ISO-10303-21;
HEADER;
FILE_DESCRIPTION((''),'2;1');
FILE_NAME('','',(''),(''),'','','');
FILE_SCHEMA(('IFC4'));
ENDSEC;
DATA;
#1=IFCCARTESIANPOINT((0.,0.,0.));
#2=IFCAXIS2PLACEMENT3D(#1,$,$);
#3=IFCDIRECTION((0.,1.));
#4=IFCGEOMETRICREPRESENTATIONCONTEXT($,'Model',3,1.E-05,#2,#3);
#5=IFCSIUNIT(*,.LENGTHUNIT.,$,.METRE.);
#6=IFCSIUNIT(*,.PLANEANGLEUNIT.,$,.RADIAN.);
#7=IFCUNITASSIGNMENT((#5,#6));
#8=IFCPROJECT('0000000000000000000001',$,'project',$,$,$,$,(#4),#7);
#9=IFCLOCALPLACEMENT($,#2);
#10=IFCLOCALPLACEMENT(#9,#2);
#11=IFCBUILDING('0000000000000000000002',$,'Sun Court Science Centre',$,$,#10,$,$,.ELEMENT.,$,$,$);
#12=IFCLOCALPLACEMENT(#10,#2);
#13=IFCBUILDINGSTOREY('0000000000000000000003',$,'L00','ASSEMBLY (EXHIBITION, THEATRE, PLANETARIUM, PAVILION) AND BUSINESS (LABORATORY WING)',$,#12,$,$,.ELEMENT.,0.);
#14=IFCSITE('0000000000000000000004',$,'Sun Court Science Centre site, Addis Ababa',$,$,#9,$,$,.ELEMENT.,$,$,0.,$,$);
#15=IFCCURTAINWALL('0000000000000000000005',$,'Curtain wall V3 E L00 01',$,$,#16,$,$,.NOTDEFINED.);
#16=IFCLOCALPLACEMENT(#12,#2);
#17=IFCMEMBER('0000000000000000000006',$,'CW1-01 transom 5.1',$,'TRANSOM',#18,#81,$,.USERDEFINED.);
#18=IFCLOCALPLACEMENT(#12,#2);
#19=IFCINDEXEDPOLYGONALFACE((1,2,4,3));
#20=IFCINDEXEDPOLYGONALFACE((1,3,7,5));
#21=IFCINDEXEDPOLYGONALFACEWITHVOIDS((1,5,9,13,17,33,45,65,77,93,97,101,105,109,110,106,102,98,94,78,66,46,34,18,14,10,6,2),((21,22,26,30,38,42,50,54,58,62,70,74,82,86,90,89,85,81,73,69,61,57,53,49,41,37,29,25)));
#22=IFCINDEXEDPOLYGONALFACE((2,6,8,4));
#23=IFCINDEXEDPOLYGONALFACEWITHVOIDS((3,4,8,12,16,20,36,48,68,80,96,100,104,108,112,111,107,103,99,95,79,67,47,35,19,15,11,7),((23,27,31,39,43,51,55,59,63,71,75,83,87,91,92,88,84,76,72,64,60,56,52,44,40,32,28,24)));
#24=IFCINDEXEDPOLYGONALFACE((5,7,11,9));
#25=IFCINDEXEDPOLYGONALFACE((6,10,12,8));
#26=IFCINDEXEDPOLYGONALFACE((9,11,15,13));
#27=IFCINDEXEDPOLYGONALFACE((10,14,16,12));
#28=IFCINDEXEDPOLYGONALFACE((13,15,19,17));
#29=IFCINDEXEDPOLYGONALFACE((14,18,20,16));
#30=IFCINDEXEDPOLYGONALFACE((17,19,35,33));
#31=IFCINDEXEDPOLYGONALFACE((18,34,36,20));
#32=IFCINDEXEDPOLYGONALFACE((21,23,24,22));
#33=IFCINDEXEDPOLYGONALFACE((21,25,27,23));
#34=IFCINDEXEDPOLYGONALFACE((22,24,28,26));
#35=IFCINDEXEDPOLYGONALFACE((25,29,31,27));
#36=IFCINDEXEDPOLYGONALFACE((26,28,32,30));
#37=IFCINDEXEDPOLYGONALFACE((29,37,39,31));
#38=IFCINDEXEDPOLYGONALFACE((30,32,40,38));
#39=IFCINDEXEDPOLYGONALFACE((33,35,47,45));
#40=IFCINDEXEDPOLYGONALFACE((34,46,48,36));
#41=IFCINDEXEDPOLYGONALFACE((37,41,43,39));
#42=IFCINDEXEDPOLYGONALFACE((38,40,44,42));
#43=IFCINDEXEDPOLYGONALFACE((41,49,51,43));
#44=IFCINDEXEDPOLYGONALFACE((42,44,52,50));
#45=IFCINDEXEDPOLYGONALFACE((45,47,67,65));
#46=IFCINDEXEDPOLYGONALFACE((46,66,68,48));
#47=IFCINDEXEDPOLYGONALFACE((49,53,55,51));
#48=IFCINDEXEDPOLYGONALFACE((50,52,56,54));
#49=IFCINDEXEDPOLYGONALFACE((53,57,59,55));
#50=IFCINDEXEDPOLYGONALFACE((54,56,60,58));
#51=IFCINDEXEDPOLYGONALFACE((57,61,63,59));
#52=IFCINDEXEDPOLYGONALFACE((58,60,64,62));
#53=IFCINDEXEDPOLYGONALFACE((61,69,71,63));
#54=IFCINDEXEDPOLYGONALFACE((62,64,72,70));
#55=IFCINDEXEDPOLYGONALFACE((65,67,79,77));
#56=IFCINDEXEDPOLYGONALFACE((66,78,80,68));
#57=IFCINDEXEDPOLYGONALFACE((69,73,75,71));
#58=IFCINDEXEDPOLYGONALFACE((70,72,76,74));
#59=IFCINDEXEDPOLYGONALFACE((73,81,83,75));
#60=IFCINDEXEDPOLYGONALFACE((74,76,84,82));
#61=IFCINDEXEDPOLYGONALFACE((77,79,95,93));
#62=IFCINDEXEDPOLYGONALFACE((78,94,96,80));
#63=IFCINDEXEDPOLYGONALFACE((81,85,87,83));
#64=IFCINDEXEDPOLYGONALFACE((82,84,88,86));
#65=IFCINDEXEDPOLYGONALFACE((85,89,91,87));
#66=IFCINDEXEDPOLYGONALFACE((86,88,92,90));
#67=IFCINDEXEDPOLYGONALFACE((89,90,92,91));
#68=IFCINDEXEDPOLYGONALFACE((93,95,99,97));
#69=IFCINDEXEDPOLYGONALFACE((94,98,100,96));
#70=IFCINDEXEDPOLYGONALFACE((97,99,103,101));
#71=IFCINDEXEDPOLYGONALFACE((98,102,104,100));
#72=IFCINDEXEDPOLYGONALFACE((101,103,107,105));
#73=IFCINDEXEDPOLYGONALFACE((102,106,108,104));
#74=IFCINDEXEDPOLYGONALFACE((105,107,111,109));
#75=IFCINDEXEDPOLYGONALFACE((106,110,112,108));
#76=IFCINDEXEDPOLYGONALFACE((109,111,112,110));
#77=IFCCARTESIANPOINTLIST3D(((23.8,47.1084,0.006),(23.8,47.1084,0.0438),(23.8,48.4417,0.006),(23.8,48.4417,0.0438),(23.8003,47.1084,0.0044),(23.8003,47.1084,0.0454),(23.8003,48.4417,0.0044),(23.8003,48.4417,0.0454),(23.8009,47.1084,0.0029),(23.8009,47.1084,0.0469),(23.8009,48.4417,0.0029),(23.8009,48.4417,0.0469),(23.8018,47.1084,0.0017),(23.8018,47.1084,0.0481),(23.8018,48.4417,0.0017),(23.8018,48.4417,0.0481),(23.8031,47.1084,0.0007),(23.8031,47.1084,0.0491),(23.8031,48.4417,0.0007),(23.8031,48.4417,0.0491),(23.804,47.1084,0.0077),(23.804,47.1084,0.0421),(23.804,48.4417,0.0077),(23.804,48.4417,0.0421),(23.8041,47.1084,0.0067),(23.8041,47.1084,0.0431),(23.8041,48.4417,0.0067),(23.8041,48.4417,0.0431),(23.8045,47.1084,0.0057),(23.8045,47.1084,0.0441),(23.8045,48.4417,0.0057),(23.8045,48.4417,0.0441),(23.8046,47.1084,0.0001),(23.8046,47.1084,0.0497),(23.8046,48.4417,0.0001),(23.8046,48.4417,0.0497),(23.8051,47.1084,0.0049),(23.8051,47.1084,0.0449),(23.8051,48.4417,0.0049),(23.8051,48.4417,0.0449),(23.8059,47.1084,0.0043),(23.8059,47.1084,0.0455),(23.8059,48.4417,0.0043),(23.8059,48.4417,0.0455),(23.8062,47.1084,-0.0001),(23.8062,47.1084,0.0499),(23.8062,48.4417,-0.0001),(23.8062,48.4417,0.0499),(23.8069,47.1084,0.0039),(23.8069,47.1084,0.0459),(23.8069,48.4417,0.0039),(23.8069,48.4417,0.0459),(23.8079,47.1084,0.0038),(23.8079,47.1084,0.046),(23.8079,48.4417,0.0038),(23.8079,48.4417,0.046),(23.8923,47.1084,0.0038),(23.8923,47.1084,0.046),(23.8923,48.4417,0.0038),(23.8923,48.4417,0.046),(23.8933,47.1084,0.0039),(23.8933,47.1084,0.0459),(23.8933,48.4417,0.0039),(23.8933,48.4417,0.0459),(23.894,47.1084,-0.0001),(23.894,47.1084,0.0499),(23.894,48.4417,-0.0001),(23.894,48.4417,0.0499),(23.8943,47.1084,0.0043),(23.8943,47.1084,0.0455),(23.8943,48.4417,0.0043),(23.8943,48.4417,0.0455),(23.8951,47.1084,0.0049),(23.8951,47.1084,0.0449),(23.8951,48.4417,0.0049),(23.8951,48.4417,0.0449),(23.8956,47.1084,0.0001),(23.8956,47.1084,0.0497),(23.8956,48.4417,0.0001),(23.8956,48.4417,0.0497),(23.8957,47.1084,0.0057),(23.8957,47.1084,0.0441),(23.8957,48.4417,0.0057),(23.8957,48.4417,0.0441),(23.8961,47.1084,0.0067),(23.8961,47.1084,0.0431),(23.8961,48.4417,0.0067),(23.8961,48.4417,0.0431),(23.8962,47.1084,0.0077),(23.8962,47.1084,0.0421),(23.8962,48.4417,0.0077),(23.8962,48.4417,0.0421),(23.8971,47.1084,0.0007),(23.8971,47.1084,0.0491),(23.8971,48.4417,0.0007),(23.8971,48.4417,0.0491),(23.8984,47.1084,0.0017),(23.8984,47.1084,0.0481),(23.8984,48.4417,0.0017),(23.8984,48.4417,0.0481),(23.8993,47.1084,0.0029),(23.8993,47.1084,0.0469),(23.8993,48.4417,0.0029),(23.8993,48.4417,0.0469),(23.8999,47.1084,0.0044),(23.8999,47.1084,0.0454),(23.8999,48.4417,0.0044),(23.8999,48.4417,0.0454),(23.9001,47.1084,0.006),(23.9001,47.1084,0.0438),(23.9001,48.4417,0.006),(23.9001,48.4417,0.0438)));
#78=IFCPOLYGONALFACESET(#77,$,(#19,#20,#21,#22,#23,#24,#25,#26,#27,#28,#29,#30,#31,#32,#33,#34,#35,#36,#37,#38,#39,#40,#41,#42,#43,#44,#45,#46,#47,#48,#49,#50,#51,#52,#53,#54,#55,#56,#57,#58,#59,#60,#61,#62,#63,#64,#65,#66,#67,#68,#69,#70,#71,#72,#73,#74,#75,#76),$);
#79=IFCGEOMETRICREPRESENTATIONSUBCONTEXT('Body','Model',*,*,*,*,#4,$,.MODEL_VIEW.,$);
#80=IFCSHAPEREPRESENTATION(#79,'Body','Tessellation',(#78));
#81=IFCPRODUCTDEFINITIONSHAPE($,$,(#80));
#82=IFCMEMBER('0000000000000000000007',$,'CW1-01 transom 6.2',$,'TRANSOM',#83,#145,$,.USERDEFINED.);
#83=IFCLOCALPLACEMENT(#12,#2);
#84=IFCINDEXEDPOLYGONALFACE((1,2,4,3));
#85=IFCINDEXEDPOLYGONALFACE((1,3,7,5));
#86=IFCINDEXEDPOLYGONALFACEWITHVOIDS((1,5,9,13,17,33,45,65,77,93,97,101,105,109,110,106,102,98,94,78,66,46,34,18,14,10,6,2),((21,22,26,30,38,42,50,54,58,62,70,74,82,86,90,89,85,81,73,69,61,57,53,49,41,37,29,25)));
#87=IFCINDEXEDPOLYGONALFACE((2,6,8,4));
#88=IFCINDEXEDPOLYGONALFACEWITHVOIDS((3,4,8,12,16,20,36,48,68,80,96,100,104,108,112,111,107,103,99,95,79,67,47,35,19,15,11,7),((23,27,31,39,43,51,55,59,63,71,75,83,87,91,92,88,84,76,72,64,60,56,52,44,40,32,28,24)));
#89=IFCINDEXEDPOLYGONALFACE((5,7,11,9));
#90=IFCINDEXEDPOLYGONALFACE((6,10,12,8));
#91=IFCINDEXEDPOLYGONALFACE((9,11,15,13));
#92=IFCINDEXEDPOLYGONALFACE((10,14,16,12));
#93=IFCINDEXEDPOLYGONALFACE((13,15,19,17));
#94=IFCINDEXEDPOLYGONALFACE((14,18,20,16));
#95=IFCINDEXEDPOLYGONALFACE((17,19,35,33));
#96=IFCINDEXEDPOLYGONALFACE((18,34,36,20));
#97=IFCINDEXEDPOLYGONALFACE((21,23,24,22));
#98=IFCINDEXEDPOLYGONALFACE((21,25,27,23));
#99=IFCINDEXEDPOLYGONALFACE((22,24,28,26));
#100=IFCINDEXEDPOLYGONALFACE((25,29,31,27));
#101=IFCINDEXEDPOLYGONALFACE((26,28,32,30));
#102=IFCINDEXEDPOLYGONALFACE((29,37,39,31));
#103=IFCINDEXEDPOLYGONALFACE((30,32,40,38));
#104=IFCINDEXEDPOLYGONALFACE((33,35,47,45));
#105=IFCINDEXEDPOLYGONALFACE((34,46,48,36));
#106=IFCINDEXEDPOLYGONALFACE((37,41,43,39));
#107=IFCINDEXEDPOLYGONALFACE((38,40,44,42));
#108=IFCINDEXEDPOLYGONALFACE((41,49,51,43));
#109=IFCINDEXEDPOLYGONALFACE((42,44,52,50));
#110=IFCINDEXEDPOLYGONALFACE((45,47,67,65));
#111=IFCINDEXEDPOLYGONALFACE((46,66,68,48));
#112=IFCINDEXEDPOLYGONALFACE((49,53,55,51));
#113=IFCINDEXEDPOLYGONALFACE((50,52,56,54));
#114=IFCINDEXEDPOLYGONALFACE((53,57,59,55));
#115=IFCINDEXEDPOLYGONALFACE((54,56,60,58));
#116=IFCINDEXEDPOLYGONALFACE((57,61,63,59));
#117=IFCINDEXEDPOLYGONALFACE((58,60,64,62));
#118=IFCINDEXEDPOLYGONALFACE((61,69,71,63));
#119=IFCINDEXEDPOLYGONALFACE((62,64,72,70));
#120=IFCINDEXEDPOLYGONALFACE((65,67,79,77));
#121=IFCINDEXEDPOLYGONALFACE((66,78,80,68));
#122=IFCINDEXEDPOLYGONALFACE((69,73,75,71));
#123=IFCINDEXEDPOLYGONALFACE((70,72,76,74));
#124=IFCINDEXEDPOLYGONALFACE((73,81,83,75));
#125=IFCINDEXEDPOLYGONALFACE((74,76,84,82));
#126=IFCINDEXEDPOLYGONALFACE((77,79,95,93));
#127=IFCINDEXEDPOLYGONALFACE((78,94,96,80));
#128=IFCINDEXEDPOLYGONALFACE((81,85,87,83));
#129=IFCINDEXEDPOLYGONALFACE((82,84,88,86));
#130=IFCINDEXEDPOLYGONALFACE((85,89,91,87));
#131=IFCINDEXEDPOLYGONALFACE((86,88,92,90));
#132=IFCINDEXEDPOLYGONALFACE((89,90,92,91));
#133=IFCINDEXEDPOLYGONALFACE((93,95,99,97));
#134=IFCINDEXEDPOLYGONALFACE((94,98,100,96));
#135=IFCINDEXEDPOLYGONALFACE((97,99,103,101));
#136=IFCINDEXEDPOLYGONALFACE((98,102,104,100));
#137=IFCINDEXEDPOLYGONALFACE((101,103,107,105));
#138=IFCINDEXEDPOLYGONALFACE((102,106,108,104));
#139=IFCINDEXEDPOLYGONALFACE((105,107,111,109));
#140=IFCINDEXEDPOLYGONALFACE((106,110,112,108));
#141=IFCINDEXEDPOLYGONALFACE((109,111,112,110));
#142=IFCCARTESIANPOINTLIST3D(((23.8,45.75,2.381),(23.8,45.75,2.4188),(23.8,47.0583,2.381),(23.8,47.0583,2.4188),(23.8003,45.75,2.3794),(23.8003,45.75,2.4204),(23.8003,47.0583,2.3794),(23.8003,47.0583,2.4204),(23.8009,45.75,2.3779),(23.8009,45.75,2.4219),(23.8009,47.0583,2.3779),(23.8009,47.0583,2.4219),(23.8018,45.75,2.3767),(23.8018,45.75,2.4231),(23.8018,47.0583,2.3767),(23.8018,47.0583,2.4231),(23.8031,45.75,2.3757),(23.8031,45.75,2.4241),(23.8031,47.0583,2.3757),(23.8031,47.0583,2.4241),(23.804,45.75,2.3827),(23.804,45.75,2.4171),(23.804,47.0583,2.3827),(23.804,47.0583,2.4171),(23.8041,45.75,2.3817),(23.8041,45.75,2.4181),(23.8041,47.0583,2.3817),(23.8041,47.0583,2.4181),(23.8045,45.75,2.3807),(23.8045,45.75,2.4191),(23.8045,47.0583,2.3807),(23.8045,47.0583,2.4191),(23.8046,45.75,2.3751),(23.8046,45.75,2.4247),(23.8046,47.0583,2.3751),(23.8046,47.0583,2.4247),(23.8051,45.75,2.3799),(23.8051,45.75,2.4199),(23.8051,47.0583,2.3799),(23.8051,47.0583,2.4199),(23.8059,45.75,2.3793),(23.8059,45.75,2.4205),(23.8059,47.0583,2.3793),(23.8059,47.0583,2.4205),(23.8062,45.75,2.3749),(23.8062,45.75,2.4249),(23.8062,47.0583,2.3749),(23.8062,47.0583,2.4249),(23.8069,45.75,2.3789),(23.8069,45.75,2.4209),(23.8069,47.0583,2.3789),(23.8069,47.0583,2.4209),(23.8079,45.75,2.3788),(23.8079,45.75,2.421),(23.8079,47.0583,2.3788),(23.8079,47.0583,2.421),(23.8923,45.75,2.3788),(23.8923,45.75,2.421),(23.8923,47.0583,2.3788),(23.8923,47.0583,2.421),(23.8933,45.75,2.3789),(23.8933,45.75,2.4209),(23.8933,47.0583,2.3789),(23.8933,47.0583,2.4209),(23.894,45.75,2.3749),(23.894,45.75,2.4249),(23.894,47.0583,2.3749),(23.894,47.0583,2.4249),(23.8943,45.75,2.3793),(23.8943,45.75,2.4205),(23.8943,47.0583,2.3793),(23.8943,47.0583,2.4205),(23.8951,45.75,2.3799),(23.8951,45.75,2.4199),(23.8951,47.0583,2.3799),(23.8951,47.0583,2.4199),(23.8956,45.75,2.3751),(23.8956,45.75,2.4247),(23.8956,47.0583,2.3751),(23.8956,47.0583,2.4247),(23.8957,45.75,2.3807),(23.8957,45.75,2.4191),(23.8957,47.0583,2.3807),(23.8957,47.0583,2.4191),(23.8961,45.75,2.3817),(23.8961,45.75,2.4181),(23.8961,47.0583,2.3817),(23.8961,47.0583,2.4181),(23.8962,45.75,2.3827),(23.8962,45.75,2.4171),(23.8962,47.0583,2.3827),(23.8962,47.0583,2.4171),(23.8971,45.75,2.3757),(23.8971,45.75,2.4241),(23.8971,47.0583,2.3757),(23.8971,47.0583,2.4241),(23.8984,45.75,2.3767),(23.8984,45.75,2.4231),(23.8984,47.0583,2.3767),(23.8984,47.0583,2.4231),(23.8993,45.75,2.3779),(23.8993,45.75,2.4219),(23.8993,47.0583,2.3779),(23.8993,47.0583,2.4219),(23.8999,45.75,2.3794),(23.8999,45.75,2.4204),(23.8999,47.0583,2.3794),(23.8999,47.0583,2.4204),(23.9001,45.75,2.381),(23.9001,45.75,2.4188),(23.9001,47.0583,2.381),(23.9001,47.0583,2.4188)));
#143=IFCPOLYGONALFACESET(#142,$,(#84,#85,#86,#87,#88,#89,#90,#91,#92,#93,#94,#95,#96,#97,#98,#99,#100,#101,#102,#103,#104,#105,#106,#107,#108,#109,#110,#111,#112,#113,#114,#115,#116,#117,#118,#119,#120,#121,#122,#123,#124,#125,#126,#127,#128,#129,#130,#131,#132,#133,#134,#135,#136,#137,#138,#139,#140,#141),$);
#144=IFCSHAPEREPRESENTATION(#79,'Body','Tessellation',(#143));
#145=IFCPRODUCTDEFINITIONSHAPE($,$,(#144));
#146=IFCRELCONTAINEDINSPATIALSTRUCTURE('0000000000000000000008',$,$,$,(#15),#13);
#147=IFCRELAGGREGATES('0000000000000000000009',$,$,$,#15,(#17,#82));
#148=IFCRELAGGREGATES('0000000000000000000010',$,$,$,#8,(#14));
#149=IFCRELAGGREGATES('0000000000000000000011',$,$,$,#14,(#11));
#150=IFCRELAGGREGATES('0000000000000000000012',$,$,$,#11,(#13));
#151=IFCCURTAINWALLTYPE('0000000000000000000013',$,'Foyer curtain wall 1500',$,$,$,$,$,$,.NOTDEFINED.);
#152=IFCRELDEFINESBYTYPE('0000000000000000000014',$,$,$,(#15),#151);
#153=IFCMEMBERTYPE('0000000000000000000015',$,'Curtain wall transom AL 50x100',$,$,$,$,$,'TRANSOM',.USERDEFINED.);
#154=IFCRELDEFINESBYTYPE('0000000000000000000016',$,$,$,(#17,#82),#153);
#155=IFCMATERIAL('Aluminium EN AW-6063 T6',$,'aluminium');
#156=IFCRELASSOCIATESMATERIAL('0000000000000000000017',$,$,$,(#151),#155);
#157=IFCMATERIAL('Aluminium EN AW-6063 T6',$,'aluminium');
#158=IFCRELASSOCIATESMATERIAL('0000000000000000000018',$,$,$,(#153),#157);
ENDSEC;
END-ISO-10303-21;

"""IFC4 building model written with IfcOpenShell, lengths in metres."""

from ifc_helpers import new_model, si_unit, direction, frame, origin, origin_2d, place, context, subcontext, project, spatial, hollow_rectangle, extrude, material, material_profile, profile_set, type_object, element, aggregate, save


model = new_model("IFC4")

# Units and contexts
model_context = context("Model", 3, precision=1e-05, world=origin(), true_north=direction((0.0, 1.0)))
body_context = subcontext(model_context, "Body", "Model", "MODEL_VIEW")
ifc_project = project(units=[si_unit("LENGTHUNIT", "METRE"), si_unit("PLANEANGLEUNIT", "RADIAN")], contexts=[model_context])

# Site, building, storey
site_placement = place(None, origin())
site = spatial("IfcSite", under=ifc_project, at=site_placement, Name="Sun Court Science Centre site, Addis Ababa", CompositionType="ELEMENT", RefElevation=0.0)
building_placement = place(site_placement, origin())
building = spatial("IfcBuilding", under=site, at=building_placement, Name="Sun Court Science Centre", CompositionType="ELEMENT")
storey_placement = place(building_placement, origin())
storey = spatial("IfcBuildingStorey", under=building, at=storey_placement, Name="L00", Description="ASSEMBLY (EXHIBITION, THEATRE, PLANETARIUM, PAVILION) AND BUSINESS (LABORATORY WING)", CompositionType="ELEMENT", Elevation=0.0)

# Curtain wall, members
ifc_material_1 = material(Name="Aluminium EN AW-6063 T6", Category="aluminium")
curtain_wall_type = type_object("IfcCurtainWallType", Name="Foyer curtain wall 1500", PredefinedType="NOTDEFINED", material=ifc_material_1)
curtain_wall_placement = place(storey_placement, origin())
curtain_wall = element("IfcCurtainWall", 1, at=curtain_wall_placement, inside=storey, type_object=curtain_wall_type, Name="Curtain wall V3 E L00 01", PredefinedType="NOTDEFINED")
ifc_material_2 = material(Name="Aluminium EN AW-6063 T6", Category="aluminium")
ifc_material_profile_1 = material_profile(ifc_material_2, hollow_rectangle(XDim=0.05, YDim=0.1001, WallThickness=0.0039, InnerFilletRadius=0.0039, OuterFilletRadius=0.0061, at=origin_2d()), Name="AL 50x100x4")
ifc_profile_set_1 = profile_set([ifc_material_profile_1], Name="Aluminium EN AW-6063 T6")
member_type_1 = type_object("IfcMemberType", Name="Curtain wall transom AL 50x100", ElementType="TRANSOM", PredefinedType="USERDEFINED", material=ifc_profile_set_1)
member_1_placement = place(storey_placement, frame((23.8501, 48.4417, 0.0249), z_axis=(0.0, -1.0, 0.0), x_axis=(0.0, 0.0, 1.0)))
member_1 = element("IfcMember", 2, at=member_1_placement, type_object=member_type_1, Name="CW1-01 transom 5.1", ObjectType="TRANSOM", PredefinedType="USERDEFINED", context=body_context, shape_type="SweptSolid", body=[
    extrude(hollow_rectangle(XDim=0.05, YDim=0.1001, WallThickness=0.0039, InnerFilletRadius=0.0039, OuterFilletRadius=0.0061, at=origin_2d()), origin(), (0.0, 0.0, 1.0), 1.3333),
])
member_2_placement = place(storey_placement, frame((23.8501, 47.0583, 2.3999), z_axis=(0.0, -1.0, 0.0), x_axis=(0.0, 0.0, 1.0)))
member_2 = element("IfcMember", 3, at=member_2_placement, type_object=member_type_1, Name="CW1-01 transom 6.2", ObjectType="TRANSOM", PredefinedType="USERDEFINED", context=body_context, shape_type="SweptSolid", body=[
    extrude(hollow_rectangle(XDim=0.05, YDim=0.1001, WallThickness=0.0039, InnerFilletRadius=0.0039, OuterFilletRadius=0.0061, at=origin_2d()), origin(), (0.0, 0.0, 1.0), 1.3083),
])
aggregate(curtain_wall, [member_1, member_2])

save(model, "model.ifc")
